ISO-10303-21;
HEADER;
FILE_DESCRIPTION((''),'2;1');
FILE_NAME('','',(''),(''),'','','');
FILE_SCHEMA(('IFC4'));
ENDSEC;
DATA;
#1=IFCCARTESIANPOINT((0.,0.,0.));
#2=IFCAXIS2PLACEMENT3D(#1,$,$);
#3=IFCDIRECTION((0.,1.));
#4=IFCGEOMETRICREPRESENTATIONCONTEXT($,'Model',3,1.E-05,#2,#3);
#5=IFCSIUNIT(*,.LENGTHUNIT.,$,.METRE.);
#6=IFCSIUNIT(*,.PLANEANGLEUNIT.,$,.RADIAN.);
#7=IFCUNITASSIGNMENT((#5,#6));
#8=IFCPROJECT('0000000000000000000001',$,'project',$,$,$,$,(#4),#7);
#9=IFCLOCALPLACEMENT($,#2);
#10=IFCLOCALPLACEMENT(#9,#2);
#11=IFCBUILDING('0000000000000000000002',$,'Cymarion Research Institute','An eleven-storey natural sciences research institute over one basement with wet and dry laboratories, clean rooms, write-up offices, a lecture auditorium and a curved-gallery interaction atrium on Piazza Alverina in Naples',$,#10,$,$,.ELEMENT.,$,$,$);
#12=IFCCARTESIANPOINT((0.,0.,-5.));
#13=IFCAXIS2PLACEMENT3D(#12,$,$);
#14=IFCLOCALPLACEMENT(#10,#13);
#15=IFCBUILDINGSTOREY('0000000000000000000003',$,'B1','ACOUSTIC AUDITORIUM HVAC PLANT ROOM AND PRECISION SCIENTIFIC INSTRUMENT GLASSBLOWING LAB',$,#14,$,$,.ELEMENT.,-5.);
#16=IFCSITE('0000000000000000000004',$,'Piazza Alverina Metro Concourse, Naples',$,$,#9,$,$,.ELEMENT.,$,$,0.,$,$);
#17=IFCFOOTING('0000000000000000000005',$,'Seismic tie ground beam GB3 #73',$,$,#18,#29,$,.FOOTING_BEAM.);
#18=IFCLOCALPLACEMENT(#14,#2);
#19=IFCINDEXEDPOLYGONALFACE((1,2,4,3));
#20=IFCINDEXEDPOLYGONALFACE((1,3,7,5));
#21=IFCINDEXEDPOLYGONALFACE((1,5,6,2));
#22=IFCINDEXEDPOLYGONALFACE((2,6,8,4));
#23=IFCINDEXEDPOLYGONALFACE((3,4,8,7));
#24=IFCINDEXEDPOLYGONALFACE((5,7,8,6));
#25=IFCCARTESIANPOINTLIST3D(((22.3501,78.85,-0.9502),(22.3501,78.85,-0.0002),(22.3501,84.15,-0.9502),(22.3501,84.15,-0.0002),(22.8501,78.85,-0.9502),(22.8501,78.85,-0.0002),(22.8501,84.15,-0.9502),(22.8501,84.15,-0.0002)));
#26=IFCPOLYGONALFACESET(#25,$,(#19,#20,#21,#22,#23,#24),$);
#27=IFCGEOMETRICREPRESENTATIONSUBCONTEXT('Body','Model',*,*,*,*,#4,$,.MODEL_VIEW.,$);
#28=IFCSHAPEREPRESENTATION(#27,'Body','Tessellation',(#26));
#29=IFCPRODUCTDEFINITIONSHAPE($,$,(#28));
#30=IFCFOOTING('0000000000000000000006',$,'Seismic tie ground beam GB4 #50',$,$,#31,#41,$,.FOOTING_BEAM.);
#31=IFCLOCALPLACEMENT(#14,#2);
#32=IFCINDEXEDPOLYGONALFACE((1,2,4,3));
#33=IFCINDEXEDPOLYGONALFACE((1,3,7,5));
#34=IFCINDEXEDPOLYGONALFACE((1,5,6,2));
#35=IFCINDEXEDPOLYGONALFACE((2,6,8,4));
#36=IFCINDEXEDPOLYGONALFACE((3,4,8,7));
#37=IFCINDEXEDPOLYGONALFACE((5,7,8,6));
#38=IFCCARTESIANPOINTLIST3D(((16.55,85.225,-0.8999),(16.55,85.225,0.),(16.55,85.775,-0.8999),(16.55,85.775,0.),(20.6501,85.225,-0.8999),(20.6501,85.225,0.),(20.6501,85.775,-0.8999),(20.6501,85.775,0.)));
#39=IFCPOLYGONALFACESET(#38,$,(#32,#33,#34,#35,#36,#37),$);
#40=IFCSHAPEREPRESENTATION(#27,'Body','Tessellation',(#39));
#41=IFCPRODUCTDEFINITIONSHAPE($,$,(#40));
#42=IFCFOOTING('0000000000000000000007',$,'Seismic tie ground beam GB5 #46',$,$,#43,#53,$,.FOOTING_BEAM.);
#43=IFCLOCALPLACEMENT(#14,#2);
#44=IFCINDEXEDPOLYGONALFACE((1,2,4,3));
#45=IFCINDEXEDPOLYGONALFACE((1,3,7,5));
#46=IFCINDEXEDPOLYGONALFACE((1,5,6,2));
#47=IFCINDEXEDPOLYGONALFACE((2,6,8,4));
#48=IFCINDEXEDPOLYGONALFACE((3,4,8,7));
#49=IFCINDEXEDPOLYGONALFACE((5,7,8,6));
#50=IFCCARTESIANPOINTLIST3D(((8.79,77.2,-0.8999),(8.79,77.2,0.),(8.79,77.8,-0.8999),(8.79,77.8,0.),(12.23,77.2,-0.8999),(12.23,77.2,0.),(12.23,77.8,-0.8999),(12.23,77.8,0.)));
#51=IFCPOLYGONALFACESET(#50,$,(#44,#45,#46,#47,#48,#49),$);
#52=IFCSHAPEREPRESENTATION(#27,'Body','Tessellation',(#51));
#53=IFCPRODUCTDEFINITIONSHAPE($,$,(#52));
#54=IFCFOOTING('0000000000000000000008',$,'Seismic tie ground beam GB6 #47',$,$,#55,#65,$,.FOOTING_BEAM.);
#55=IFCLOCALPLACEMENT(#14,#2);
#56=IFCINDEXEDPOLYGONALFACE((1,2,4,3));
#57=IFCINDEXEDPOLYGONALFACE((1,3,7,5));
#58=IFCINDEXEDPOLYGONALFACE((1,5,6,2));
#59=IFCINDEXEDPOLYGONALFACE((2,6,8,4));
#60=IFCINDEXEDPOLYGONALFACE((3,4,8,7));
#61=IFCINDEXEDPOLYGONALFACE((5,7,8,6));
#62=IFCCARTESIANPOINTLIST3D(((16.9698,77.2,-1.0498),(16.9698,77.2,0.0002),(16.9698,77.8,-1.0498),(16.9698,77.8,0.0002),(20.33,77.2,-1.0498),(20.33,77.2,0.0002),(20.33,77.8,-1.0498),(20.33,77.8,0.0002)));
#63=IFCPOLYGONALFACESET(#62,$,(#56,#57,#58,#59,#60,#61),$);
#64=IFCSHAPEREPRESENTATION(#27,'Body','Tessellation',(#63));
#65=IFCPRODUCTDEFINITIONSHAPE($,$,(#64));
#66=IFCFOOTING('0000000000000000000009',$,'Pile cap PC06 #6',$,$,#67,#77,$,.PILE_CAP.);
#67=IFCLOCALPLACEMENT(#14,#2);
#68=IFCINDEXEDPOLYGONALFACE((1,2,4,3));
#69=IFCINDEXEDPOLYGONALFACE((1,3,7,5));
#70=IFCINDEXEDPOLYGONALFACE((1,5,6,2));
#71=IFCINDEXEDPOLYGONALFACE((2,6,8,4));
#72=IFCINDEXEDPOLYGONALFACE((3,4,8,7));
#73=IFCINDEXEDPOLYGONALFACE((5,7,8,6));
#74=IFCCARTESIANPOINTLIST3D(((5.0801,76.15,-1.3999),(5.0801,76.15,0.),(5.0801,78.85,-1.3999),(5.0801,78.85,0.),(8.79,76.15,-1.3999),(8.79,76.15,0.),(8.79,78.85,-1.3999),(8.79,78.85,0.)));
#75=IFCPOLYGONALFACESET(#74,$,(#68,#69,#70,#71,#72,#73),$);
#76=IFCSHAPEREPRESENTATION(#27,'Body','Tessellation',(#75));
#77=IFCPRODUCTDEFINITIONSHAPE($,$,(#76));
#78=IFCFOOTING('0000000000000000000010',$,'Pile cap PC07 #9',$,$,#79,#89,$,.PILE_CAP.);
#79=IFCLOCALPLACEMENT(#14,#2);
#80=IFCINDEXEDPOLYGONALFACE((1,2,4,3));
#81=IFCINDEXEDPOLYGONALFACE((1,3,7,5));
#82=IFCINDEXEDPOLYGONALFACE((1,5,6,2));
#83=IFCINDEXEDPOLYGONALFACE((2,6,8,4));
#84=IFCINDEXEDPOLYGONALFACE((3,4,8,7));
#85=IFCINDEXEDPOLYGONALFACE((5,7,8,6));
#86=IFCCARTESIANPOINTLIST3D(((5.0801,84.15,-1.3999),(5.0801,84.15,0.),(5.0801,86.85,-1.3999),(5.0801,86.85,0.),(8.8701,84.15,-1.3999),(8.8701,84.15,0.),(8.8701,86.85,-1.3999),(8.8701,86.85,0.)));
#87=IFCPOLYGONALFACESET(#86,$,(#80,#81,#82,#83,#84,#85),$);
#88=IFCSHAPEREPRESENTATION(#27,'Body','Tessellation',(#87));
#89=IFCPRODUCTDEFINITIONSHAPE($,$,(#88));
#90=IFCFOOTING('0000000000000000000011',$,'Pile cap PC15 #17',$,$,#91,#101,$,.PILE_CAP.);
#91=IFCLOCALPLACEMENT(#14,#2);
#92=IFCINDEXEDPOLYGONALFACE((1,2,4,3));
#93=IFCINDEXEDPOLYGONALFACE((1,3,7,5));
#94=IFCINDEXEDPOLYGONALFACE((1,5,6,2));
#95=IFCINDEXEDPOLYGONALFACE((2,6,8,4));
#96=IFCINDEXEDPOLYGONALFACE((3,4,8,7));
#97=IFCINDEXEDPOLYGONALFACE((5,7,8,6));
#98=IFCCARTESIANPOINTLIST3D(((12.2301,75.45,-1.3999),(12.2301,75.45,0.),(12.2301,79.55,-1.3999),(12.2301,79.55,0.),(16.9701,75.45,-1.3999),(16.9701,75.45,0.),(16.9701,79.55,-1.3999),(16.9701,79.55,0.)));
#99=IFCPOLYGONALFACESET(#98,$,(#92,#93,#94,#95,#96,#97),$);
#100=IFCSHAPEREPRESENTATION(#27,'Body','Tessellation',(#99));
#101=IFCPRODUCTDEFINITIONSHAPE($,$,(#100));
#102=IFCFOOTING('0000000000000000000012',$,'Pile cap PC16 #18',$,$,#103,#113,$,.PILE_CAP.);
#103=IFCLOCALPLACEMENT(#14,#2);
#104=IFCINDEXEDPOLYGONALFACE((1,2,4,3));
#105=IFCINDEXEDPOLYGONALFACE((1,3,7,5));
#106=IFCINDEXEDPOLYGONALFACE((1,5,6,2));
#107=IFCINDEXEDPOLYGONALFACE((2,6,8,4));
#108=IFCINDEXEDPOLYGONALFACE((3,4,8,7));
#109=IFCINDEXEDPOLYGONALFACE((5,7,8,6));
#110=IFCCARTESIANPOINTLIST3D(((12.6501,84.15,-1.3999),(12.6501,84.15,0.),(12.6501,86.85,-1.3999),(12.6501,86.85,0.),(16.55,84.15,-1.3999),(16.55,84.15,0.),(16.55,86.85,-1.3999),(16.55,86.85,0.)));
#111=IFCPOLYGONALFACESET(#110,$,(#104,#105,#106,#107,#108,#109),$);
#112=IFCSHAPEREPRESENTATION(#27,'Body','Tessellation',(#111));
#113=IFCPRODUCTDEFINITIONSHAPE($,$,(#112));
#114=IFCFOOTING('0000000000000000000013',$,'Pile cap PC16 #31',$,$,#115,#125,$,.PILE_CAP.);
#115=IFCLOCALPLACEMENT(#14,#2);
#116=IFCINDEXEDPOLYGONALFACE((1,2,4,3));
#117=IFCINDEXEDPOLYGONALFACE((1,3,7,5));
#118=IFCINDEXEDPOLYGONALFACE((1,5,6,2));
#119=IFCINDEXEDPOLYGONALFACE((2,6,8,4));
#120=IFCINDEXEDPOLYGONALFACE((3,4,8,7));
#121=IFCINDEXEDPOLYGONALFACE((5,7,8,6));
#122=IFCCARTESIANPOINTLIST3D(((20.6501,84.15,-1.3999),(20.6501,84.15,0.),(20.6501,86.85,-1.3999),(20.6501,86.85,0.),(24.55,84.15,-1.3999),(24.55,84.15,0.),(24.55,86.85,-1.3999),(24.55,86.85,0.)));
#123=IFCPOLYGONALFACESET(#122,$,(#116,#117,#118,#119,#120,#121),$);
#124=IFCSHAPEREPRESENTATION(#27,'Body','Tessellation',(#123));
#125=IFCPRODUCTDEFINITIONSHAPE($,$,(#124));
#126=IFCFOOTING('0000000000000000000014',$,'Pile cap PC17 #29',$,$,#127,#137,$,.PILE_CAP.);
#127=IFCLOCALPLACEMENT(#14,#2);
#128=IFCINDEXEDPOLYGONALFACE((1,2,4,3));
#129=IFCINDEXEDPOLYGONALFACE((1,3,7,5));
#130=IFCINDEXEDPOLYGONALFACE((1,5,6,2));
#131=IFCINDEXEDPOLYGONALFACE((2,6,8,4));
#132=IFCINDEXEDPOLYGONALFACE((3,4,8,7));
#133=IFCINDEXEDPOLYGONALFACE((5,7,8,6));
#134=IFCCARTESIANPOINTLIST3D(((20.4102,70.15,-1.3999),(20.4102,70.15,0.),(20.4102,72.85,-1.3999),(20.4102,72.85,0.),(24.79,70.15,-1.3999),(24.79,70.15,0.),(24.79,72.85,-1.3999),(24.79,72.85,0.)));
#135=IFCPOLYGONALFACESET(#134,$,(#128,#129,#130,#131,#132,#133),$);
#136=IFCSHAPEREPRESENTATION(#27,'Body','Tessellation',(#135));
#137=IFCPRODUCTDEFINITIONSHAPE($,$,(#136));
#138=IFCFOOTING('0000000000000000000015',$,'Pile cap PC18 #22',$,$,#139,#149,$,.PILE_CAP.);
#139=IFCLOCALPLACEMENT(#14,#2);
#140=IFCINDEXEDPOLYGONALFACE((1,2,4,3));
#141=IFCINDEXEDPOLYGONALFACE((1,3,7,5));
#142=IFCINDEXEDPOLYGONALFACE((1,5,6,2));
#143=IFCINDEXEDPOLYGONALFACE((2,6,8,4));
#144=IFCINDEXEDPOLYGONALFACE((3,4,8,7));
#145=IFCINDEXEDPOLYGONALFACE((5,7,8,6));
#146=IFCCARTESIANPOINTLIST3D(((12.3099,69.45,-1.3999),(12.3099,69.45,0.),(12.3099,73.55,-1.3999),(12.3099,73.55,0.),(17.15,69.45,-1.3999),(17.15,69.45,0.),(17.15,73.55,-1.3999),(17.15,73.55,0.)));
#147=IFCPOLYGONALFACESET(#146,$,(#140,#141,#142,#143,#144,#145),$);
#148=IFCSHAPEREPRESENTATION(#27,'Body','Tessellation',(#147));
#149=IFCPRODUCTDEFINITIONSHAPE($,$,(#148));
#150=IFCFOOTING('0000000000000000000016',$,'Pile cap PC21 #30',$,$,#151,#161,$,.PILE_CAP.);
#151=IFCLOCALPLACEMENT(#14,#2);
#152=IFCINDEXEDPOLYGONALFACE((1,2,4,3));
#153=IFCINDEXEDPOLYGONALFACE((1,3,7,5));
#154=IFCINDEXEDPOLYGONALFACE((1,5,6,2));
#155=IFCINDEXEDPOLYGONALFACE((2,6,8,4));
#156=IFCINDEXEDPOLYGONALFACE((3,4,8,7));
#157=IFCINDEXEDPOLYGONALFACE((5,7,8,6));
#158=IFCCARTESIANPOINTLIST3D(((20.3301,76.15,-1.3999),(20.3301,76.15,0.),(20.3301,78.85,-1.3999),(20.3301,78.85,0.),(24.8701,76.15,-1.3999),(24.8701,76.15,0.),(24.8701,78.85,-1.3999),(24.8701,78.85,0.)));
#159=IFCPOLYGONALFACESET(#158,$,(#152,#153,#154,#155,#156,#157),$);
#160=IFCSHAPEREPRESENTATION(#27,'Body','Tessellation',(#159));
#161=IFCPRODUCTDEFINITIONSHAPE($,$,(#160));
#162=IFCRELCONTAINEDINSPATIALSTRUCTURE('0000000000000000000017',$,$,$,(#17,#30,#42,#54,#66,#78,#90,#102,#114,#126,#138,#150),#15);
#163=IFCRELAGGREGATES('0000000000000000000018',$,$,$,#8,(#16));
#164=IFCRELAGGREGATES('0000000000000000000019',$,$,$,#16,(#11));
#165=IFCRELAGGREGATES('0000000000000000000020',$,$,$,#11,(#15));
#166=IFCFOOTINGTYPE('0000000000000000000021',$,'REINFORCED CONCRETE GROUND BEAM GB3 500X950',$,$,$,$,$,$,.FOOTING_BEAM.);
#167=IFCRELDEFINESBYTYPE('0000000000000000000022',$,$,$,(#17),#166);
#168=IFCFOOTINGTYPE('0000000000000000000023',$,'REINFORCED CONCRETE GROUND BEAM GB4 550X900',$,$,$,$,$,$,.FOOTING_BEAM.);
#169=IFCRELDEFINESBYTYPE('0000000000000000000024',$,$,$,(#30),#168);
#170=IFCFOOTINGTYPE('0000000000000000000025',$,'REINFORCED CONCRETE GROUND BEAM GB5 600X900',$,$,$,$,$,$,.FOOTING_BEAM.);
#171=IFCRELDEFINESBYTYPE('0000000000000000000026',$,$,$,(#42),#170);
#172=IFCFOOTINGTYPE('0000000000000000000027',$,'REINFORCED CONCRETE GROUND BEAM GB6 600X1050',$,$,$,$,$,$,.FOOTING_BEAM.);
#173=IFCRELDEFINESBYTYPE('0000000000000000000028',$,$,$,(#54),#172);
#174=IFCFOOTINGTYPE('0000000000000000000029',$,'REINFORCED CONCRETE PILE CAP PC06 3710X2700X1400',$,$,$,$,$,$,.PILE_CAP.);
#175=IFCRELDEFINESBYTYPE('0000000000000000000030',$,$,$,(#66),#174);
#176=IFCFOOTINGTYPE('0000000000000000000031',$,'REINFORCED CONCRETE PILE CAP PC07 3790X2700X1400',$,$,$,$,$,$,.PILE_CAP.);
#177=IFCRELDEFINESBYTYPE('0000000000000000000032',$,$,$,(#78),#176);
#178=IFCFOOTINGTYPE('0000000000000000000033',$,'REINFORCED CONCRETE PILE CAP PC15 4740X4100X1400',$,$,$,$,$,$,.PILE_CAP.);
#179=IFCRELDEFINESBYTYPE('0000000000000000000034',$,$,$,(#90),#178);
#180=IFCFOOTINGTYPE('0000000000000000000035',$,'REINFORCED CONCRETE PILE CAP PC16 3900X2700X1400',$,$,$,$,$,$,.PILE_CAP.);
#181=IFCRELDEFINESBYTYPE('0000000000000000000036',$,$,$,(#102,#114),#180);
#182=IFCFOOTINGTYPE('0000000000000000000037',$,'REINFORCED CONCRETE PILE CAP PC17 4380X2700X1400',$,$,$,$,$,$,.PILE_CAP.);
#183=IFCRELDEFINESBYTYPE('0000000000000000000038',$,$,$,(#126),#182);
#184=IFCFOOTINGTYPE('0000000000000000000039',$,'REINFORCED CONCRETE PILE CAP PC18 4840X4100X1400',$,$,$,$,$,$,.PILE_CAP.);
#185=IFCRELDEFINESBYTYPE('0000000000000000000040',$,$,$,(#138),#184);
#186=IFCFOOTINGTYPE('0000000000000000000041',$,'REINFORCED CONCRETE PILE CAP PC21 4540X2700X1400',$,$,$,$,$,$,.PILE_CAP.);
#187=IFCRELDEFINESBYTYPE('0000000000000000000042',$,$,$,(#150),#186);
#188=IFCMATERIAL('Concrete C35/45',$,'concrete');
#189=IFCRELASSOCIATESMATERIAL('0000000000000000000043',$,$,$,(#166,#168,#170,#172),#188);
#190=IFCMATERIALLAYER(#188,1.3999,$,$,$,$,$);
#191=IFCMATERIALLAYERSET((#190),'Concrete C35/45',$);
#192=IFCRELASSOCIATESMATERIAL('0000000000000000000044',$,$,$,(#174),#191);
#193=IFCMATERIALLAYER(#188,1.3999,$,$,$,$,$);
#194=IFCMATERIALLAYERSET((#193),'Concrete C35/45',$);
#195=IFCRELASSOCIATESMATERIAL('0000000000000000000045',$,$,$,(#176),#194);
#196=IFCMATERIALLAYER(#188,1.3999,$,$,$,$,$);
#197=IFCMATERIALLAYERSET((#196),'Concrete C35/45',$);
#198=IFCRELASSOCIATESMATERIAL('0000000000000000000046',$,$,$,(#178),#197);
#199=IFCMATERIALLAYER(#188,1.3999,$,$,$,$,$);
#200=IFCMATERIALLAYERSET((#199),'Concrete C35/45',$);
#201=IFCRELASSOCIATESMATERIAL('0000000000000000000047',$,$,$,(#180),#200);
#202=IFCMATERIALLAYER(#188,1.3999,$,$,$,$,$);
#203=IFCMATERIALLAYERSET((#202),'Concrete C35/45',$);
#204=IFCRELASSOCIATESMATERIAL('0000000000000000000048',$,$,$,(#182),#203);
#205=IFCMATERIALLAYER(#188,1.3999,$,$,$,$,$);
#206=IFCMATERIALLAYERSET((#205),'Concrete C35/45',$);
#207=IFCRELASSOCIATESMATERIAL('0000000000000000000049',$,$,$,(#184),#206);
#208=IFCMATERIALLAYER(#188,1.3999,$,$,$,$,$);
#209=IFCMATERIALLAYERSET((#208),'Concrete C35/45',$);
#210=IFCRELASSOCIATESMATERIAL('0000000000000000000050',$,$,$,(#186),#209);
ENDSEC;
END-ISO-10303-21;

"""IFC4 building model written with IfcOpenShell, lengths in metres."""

from ifc_helpers import new_model, si_unit, direction, frame, origin, origin_2d, place, context, subcontext, project, spatial, rectangle, extrude, material, layer, layer_set, type_object, element, save


model = new_model("IFC4")

# Units and contexts
model_context = context("Model", 3, precision=1e-05, world=origin(), true_north=direction((0.0, 1.0)))
body_context = subcontext(model_context, "Body", "Model", "MODEL_VIEW")
ifc_project = project(units=[si_unit("LENGTHUNIT", "METRE"), si_unit("PLANEANGLEUNIT", "RADIAN")], contexts=[model_context])

# Site, building, storey
site_placement = place(None, origin())
site = spatial("IfcSite", under=ifc_project, at=site_placement, Name="Piazza Alverina Metro Concourse, Naples", CompositionType="ELEMENT", RefElevation=0.0)
building_placement = place(site_placement, origin())
building = spatial("IfcBuilding", under=site, at=building_placement, Name="Cymarion Research Institute", Description="An eleven-storey natural sciences research institute over one basement with wet and dry laboratories, clean rooms, write-up offices, a lecture auditorium and a curved-gallery interaction atrium on Piazza Alverina in Naples", CompositionType="ELEMENT")
storey_placement = place(building_placement, frame((0.0, 0.0, -5.0)))
storey = spatial("IfcBuildingStorey", under=building, at=storey_placement, Name="B1", Description="ACOUSTIC AUDITORIUM HVAC PLANT ROOM AND PRECISION SCIENTIFIC INSTRUMENT GLASSBLOWING LAB", CompositionType="ELEMENT", Elevation=-5.0)

# Shared definitions
ifc_material_1 = material(Name="Concrete C35/45", Category="concrete")

# Footings
footing_type_1 = type_object("IfcFootingType", Name="REINFORCED CONCRETE GROUND BEAM GB3 500X950", PredefinedType="FOOTING_BEAM", material=ifc_material_1)
for number, where, z_axis, x_axis, name in (
    (1, (22.6001, 81.5, -0.9502), (0.0, 0.0, 1.0), (0.0, 1.0, 0.0), "Seismic tie ground beam GB3 #73"),
):
    element("IfcFooting", number, at=place(storey_placement, frame(where, z_axis=z_axis, x_axis=x_axis)), inside=storey, type_object=footing_type_1, Name=name, PredefinedType="FOOTING_BEAM", context=body_context, shape_type="SweptSolid", body=[
        extrude(rectangle(XDim=5.3, YDim=0.5, at=origin_2d()), origin(), (0.0, 0.0, 1.0), 0.95),
    ])
footing_type_2 = type_object("IfcFootingType", Name="REINFORCED CONCRETE GROUND BEAM GB4 550X900", PredefinedType="FOOTING_BEAM", material=ifc_material_1)
footing_1_placement = place(storey_placement, frame((18.6001, 85.5, -0.8999), z_axis=(0.0, 0.0, 1.0), x_axis=(1.0, 0.0, 0.0)))
element("IfcFooting", 2, at=footing_1_placement, inside=storey, type_object=footing_type_2, Name="Seismic tie ground beam GB4 #50", PredefinedType="FOOTING_BEAM", context=body_context, shape_type="SweptSolid", body=[
    extrude(rectangle(XDim=4.1001, YDim=0.55, at=origin_2d()), origin(), (0.0, 0.0, 1.0), 0.8999),
])
footing_type_3 = type_object("IfcFootingType", Name="REINFORCED CONCRETE GROUND BEAM GB5 600X900", PredefinedType="FOOTING_BEAM", material=ifc_material_1)
footing_2_placement = place(storey_placement, frame((10.51, 77.5, -0.8999), z_axis=(0.0, 0.0, 1.0), x_axis=(1.0, 0.0, 0.0)))
element("IfcFooting", 3, at=footing_2_placement, inside=storey, type_object=footing_type_3, Name="Seismic tie ground beam GB5 #46", PredefinedType="FOOTING_BEAM", context=body_context, shape_type="SweptSolid", body=[
    extrude(rectangle(XDim=3.4399, YDim=0.6001, at=origin_2d()), origin(), (0.0, 0.0, 1.0), 0.8999),
])
footing_type_4 = type_object("IfcFootingType", Name="REINFORCED CONCRETE GROUND BEAM GB6 600X1050", PredefinedType="FOOTING_BEAM", material=ifc_material_1)
footing_3_placement = place(storey_placement, frame((18.6499, 77.5, -1.0498), z_axis=(0.0, 0.0, 1.0), x_axis=(1.0, 0.0, 0.0)))
element("IfcFooting", 4, at=footing_3_placement, inside=storey, type_object=footing_type_4, Name="Seismic tie ground beam GB6 #47", PredefinedType="FOOTING_BEAM", context=body_context, shape_type="SweptSolid", body=[
    extrude(rectangle(XDim=3.3601, YDim=0.6001, at=origin_2d()), origin(), (0.0, 0.0, 1.0), 1.05),
])
ifc_layer_1 = layer(ifc_material_1, 1.3999)
ifc_layer_set_1 = layer_set([ifc_layer_1], Name="Concrete C35/45")
footing_type_5 = type_object("IfcFootingType", Name="REINFORCED CONCRETE PILE CAP PC06 3710X2700X1400", PredefinedType="PILE_CAP", material=ifc_layer_set_1)
footing_4_placement = place(storey_placement, frame((6.9351, 77.5, -1.3999), z_axis=(0.0, 0.0, 1.0), x_axis=(1.0, 0.0, 0.0)))
element("IfcFooting", 5, at=footing_4_placement, inside=storey, type_object=footing_type_5, Name="Pile cap PC06 #6", PredefinedType="PILE_CAP", context=body_context, shape_type="SweptSolid", body=[
    extrude(rectangle(XDim=3.71, YDim=2.7, at=origin_2d()), origin(), (0.0, 0.0, 1.0), 1.3999),
])
ifc_layer_2 = layer(ifc_material_1, 1.3999)
ifc_layer_set_2 = layer_set([ifc_layer_2], Name="Concrete C35/45")
footing_type_6 = type_object("IfcFootingType", Name="REINFORCED CONCRETE PILE CAP PC07 3790X2700X1400", PredefinedType="PILE_CAP", material=ifc_layer_set_2)
footing_5_placement = place(storey_placement, frame((6.9751, 85.5, -1.3999), z_axis=(0.0, 0.0, 1.0), x_axis=(1.0, 0.0, 0.0)))
element("IfcFooting", 6, at=footing_5_placement, inside=storey, type_object=footing_type_6, Name="Pile cap PC07 #9", PredefinedType="PILE_CAP", context=body_context, shape_type="SweptSolid", body=[
    extrude(rectangle(XDim=3.79, YDim=2.7, at=origin_2d()), origin(), (0.0, 0.0, 1.0), 1.3999),
])
ifc_layer_3 = layer(ifc_material_1, 1.3999)
ifc_layer_set_3 = layer_set([ifc_layer_3], Name="Concrete C35/45")
footing_type_7 = type_object("IfcFootingType", Name="REINFORCED CONCRETE PILE CAP PC15 4740X4100X1400", PredefinedType="PILE_CAP", material=ifc_layer_set_3)
footing_6_placement = place(storey_placement, frame((14.6001, 77.5, -1.3999), z_axis=(0.0, 0.0, 1.0), x_axis=(1.0, 0.0, 0.0)))
element("IfcFooting", 7, at=footing_6_placement, inside=storey, type_object=footing_type_7, Name="Pile cap PC15 #17", PredefinedType="PILE_CAP", context=body_context, shape_type="SweptSolid", body=[
    extrude(rectangle(XDim=4.74, YDim=4.1001, at=origin_2d()), origin(), (0.0, 0.0, 1.0), 1.3999),
])
ifc_layer_4 = layer(ifc_material_1, 1.3999)
ifc_layer_set_4 = layer_set([ifc_layer_4], Name="Concrete C35/45")
footing_type_8 = type_object("IfcFootingType", Name="REINFORCED CONCRETE PILE CAP PC16 3900X2700X1400", PredefinedType="PILE_CAP", material=ifc_layer_set_4)
for number, where, z_axis, x_axis, name in (
    (8, (14.6001, 85.5, -1.3999), (0.0, 0.0, 1.0), (1.0, 0.0, 0.0), "Pile cap PC16 #18"),
    (9, (22.6001, 85.5, -1.3999), (0.0, 0.0, 1.0), (1.0, 0.0, 0.0), "Pile cap PC16 #31"),
):
    element("IfcFooting", number, at=place(storey_placement, frame(where, z_axis=z_axis, x_axis=x_axis)), inside=storey, type_object=footing_type_8, Name=name, PredefinedType="PILE_CAP", context=body_context, shape_type="SweptSolid", body=[
        extrude(rectangle(XDim=3.8999, YDim=2.7, at=origin_2d()), origin(), (0.0, 0.0, 1.0), 1.3999),
    ])
ifc_layer_5 = layer(ifc_material_1, 1.3999)
ifc_layer_set_5 = layer_set([ifc_layer_5], Name="Concrete C35/45")
footing_type_9 = type_object("IfcFootingType", Name="REINFORCED CONCRETE PILE CAP PC17 4380X2700X1400", PredefinedType="PILE_CAP", material=ifc_layer_set_5)
footing_7_placement = place(storey_placement, frame((22.6001, 71.5, -1.3999), z_axis=(0.0, 0.0, 1.0), x_axis=(1.0, 0.0, 0.0)))
element("IfcFooting", 10, at=footing_7_placement, inside=storey, type_object=footing_type_9, Name="Pile cap PC17 #29", PredefinedType="PILE_CAP", context=body_context, shape_type="SweptSolid", body=[
    extrude(rectangle(XDim=4.3799, YDim=2.7, at=origin_2d()), origin(), (0.0, 0.0, 1.0), 1.3999),
])
ifc_layer_6 = layer(ifc_material_1, 1.3999)
ifc_layer_set_6 = layer_set([ifc_layer_6], Name="Concrete C35/45")
footing_type_10 = type_object("IfcFootingType", Name="REINFORCED CONCRETE PILE CAP PC18 4840X4100X1400", PredefinedType="PILE_CAP", material=ifc_layer_set_6)
footing_8_placement = place(storey_placement, frame((14.73, 71.5, -1.3999), z_axis=(0.0, 0.0, 1.0), x_axis=(1.0, 0.0, 0.0)))
element("IfcFooting", 11, at=footing_8_placement, inside=storey, type_object=footing_type_10, Name="Pile cap PC18 #22", PredefinedType="PILE_CAP", context=body_context, shape_type="SweptSolid", body=[
    extrude(rectangle(XDim=4.8401, YDim=4.1001, at=origin_2d()), origin(), (0.0, 0.0, 1.0), 1.3999),
])
ifc_layer_7 = layer(ifc_material_1, 1.3999)
ifc_layer_set_7 = layer_set([ifc_layer_7], Name="Concrete C35/45")
footing_type_11 = type_object("IfcFootingType", Name="REINFORCED CONCRETE PILE CAP PC21 4540X2700X1400", PredefinedType="PILE_CAP", material=ifc_layer_set_7)
footing_9_placement = place(storey_placement, frame((22.6001, 77.5, -1.3999), z_axis=(0.0, 0.0, 1.0), x_axis=(1.0, 0.0, 0.0)))
element("IfcFooting", 12, at=footing_9_placement, inside=storey, type_object=footing_type_11, Name="Pile cap PC21 #30", PredefinedType="PILE_CAP", context=body_context, shape_type="SweptSolid", body=[
    extrude(rectangle(XDim=4.54, YDim=2.7, at=origin_2d()), origin(), (0.0, 0.0, 1.0), 1.3999),
])

save(model, "model.ifc")
